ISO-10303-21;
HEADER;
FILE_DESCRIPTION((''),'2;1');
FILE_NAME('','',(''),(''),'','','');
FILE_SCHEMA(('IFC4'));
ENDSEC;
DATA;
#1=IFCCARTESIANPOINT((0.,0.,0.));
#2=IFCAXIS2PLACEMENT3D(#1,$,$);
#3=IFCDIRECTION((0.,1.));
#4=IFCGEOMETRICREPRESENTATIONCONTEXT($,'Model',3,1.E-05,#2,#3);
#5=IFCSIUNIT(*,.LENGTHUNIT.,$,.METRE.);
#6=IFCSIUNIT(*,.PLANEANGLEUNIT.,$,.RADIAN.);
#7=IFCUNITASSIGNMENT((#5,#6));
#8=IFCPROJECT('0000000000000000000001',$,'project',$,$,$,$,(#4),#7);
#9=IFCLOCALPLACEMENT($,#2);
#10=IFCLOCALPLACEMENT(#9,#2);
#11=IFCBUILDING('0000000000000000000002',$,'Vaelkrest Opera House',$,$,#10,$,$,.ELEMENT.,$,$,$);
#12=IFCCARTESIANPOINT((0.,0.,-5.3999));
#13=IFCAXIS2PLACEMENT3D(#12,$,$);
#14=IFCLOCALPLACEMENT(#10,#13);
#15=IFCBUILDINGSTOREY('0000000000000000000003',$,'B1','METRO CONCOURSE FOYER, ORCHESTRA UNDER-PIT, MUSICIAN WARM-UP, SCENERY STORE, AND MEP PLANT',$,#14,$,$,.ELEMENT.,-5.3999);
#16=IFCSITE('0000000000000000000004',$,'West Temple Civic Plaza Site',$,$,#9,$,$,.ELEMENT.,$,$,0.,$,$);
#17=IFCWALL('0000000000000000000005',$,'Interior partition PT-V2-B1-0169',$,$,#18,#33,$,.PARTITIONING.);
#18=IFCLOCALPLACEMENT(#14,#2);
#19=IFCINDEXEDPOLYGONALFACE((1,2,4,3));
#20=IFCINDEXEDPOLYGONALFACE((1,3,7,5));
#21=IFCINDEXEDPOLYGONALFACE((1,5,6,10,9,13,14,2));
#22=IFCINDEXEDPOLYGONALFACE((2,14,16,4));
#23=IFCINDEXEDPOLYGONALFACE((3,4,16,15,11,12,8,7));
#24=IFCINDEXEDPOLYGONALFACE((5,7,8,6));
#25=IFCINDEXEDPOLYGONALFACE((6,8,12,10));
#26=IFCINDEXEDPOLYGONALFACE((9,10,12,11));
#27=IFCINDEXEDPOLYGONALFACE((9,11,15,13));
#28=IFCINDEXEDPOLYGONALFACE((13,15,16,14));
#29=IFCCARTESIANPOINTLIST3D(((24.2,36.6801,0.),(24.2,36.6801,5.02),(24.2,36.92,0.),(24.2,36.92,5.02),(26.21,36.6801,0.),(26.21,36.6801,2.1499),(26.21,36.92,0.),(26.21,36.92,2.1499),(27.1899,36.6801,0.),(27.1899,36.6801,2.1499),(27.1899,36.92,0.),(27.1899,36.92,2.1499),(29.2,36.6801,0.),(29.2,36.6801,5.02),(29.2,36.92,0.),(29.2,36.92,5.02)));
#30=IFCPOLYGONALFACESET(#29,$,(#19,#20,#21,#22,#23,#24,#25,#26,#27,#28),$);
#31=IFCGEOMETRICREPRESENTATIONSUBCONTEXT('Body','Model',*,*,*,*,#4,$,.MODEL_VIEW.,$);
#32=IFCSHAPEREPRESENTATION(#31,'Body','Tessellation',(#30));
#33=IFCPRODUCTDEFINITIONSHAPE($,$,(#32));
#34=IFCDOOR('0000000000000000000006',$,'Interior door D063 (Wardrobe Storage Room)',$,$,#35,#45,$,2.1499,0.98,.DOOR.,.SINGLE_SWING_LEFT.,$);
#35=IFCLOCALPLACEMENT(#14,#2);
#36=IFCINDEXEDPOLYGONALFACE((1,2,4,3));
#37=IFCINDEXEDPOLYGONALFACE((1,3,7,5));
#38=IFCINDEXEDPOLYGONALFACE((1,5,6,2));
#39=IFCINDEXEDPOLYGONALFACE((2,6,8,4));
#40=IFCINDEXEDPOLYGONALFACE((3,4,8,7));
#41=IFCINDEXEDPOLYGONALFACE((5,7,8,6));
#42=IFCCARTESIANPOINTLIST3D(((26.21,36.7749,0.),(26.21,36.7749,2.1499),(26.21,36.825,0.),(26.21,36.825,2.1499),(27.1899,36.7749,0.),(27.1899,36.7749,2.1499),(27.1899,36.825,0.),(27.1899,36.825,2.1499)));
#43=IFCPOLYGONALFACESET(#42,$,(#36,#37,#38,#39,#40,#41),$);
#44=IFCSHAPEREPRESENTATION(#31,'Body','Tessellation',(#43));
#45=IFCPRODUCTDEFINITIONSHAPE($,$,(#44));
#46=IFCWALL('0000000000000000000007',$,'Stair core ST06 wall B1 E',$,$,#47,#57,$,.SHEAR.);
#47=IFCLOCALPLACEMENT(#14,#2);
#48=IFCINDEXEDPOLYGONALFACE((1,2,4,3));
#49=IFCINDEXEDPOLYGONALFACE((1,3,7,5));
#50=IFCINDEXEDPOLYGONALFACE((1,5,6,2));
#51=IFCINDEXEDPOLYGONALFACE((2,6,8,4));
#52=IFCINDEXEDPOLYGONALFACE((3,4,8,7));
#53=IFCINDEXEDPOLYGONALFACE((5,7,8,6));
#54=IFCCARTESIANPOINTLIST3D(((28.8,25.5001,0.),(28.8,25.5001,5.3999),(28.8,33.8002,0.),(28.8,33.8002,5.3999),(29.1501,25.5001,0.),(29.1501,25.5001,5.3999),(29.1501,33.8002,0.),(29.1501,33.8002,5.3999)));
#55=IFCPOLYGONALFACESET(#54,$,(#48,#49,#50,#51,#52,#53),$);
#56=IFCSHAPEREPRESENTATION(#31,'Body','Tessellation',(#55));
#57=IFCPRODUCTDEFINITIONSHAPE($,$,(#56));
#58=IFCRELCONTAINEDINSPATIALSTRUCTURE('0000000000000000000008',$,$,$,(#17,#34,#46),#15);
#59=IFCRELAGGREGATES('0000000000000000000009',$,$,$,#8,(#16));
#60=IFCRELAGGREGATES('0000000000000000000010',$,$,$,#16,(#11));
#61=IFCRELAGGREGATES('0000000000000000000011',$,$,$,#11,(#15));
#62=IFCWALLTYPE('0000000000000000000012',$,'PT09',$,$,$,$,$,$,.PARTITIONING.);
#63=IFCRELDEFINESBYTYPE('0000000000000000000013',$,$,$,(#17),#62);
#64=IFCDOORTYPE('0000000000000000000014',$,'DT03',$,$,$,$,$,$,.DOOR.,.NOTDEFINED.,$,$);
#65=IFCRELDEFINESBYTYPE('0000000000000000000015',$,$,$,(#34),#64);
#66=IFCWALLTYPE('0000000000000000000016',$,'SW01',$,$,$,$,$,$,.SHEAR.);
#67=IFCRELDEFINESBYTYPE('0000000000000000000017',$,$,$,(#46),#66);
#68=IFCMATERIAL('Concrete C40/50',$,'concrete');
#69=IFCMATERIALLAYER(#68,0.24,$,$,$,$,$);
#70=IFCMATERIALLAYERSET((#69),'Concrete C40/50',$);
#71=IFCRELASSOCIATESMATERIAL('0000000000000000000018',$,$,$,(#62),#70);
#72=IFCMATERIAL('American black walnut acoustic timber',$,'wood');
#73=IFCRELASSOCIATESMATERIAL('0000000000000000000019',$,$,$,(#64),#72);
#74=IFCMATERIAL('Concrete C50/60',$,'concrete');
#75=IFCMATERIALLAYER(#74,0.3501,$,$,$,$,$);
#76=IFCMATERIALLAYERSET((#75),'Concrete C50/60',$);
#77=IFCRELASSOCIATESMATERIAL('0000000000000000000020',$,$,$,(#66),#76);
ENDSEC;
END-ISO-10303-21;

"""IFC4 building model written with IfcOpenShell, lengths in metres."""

from ifc_helpers import new_model, si_unit, direction, frame, frame_2d, origin, place, context, subcontext, project, spatial, rectangle, extrude, material, layer, layer_set, type_object, element, fill, save


model = new_model("IFC4")

# Units and contexts
model_context = context("Model", 3, precision=1e-05, world=origin(), true_north=direction((0.0, 1.0)))
body_context = subcontext(model_context, "Body", "Model", "MODEL_VIEW")
ifc_project = project(units=[si_unit("LENGTHUNIT", "METRE"), si_unit("PLANEANGLEUNIT", "RADIAN")], contexts=[model_context])

# Site, building, storey
site_placement = place(None, origin())
site = spatial("IfcSite", under=ifc_project, at=site_placement, Name="West Temple Civic Plaza Site", CompositionType="ELEMENT", RefElevation=0.0)
building_placement = place(site_placement, origin())
building = spatial("IfcBuilding", under=site, at=building_placement, Name="Vaelkrest Opera House", CompositionType="ELEMENT")
storey_placement = place(building_placement, frame((0.0, 0.0, -5.3999)))
storey = spatial("IfcBuildingStorey", under=building, at=storey_placement, Name="B1", Description="METRO CONCOURSE FOYER, ORCHESTRA UNDER-PIT, MUSICIAN WARM-UP, SCENERY STORE, AND MEP PLANT", CompositionType="ELEMENT", Elevation=-5.3999)

# Shared definitions
ifc_material_1 = material(Name="Concrete C40/50", Category="concrete")

# Shared definitions
ifc_material_2 = material(Name="Concrete C50/60", Category="concrete")

# Wall, opening, door
ifc_layer_1 = layer(ifc_material_1, 0.24)
ifc_layer_set_1 = layer_set([ifc_layer_1], Name="Concrete C40/50")
wall_type_1 = type_object("IfcWallType", Name="PT09", PredefinedType="PARTITIONING", material=ifc_layer_set_1)
wall_1_placement = place(storey_placement, frame((24.2, 36.8, 0.0), z_axis=(0.0, 0.0, 1.0), x_axis=(1.0, 0.0, 0.0)))
wall_1 = element("IfcWall", 1, at=wall_1_placement, inside=storey, type_object=wall_type_1, Name="Interior partition PT-V2-B1-0169", PredefinedType="PARTITIONING", context=body_context, shape_type="SweptSolid", body=[
    extrude(rectangle(XDim=5.0, YDim=0.24, at=frame_2d((2.5, 0.0))), origin(), (0.0, 0.0, 1.0), 5.02),
])
opening_1_placement = place(wall_1_placement, frame((2.01, 0.0, 0.0)))
opening_1 = element("IfcOpeningElement", 2, at=opening_1_placement, cuts=wall_1, PredefinedType="OPENING", context=body_context, shape_type="SweptSolid", body=[
    extrude(rectangle(XDim=0.98, YDim=2.1499, at=frame_2d((0.49, 1.075))), frame((0.0, 0.1299, 0.0), z_axis=(0.0, -1.0, 0.0), x_axis=(1.0, 0.0, 0.0)), (0.0, 0.0, 1.0), 0.26),
])
ifc_material_3 = material(Name="American black walnut acoustic timber", Category="wood")
door_type_1 = type_object("IfcDoorType", Name="DT03", OperationType="NOTDEFINED", PredefinedType="DOOR", material=ifc_material_3)
door_1_placement = place(opening_1_placement, origin())
door_1 = element("IfcDoor", 3, at=door_1_placement, inside=storey, type_object=door_type_1, Name="Interior door D063 (Wardrobe Storage Room)", OperationType="SINGLE_SWING_LEFT", OverallHeight=2.1499, OverallWidth=0.98, PredefinedType="DOOR", context=body_context, shape_type="SweptSolid", body=[
    extrude(rectangle(XDim=0.98, YDim=2.1499, at=frame_2d((0.49, 1.075))), frame((0.0, 0.0249, 0.0), z_axis=(0.0, -1.0, 0.0), x_axis=(1.0, 0.0, 0.0)), (0.0, 0.0, 1.0), 0.05),
])
fill(opening_1, door_1)
ifc_layer_2 = layer(ifc_material_2, 0.3501)
ifc_layer_set_2 = layer_set([ifc_layer_2], Name="Concrete C50/60")
wall_type_2 = type_object("IfcWallType", Name="SW01", PredefinedType="SHEAR", material=ifc_layer_set_2)

# Wall
wall_2_placement = place(storey_placement, frame((28.9751, 33.8, 0.0), z_axis=(0.0, 0.0, 1.0), x_axis=(0.0, -1.0, 0.0)))
element("IfcWall", 4, at=wall_2_placement, inside=storey, type_object=wall_type_2, Name="Stair core ST06 wall B1 E", PredefinedType="SHEAR", context=body_context, shape_type="SweptSolid", body=[
    extrude(rectangle(XDim=8.3, YDim=0.3501, at=frame_2d((4.1499, 0.0))), origin(), (0.0, 0.0, 1.0), 5.3999),
])

save(model, "model.ifc")
